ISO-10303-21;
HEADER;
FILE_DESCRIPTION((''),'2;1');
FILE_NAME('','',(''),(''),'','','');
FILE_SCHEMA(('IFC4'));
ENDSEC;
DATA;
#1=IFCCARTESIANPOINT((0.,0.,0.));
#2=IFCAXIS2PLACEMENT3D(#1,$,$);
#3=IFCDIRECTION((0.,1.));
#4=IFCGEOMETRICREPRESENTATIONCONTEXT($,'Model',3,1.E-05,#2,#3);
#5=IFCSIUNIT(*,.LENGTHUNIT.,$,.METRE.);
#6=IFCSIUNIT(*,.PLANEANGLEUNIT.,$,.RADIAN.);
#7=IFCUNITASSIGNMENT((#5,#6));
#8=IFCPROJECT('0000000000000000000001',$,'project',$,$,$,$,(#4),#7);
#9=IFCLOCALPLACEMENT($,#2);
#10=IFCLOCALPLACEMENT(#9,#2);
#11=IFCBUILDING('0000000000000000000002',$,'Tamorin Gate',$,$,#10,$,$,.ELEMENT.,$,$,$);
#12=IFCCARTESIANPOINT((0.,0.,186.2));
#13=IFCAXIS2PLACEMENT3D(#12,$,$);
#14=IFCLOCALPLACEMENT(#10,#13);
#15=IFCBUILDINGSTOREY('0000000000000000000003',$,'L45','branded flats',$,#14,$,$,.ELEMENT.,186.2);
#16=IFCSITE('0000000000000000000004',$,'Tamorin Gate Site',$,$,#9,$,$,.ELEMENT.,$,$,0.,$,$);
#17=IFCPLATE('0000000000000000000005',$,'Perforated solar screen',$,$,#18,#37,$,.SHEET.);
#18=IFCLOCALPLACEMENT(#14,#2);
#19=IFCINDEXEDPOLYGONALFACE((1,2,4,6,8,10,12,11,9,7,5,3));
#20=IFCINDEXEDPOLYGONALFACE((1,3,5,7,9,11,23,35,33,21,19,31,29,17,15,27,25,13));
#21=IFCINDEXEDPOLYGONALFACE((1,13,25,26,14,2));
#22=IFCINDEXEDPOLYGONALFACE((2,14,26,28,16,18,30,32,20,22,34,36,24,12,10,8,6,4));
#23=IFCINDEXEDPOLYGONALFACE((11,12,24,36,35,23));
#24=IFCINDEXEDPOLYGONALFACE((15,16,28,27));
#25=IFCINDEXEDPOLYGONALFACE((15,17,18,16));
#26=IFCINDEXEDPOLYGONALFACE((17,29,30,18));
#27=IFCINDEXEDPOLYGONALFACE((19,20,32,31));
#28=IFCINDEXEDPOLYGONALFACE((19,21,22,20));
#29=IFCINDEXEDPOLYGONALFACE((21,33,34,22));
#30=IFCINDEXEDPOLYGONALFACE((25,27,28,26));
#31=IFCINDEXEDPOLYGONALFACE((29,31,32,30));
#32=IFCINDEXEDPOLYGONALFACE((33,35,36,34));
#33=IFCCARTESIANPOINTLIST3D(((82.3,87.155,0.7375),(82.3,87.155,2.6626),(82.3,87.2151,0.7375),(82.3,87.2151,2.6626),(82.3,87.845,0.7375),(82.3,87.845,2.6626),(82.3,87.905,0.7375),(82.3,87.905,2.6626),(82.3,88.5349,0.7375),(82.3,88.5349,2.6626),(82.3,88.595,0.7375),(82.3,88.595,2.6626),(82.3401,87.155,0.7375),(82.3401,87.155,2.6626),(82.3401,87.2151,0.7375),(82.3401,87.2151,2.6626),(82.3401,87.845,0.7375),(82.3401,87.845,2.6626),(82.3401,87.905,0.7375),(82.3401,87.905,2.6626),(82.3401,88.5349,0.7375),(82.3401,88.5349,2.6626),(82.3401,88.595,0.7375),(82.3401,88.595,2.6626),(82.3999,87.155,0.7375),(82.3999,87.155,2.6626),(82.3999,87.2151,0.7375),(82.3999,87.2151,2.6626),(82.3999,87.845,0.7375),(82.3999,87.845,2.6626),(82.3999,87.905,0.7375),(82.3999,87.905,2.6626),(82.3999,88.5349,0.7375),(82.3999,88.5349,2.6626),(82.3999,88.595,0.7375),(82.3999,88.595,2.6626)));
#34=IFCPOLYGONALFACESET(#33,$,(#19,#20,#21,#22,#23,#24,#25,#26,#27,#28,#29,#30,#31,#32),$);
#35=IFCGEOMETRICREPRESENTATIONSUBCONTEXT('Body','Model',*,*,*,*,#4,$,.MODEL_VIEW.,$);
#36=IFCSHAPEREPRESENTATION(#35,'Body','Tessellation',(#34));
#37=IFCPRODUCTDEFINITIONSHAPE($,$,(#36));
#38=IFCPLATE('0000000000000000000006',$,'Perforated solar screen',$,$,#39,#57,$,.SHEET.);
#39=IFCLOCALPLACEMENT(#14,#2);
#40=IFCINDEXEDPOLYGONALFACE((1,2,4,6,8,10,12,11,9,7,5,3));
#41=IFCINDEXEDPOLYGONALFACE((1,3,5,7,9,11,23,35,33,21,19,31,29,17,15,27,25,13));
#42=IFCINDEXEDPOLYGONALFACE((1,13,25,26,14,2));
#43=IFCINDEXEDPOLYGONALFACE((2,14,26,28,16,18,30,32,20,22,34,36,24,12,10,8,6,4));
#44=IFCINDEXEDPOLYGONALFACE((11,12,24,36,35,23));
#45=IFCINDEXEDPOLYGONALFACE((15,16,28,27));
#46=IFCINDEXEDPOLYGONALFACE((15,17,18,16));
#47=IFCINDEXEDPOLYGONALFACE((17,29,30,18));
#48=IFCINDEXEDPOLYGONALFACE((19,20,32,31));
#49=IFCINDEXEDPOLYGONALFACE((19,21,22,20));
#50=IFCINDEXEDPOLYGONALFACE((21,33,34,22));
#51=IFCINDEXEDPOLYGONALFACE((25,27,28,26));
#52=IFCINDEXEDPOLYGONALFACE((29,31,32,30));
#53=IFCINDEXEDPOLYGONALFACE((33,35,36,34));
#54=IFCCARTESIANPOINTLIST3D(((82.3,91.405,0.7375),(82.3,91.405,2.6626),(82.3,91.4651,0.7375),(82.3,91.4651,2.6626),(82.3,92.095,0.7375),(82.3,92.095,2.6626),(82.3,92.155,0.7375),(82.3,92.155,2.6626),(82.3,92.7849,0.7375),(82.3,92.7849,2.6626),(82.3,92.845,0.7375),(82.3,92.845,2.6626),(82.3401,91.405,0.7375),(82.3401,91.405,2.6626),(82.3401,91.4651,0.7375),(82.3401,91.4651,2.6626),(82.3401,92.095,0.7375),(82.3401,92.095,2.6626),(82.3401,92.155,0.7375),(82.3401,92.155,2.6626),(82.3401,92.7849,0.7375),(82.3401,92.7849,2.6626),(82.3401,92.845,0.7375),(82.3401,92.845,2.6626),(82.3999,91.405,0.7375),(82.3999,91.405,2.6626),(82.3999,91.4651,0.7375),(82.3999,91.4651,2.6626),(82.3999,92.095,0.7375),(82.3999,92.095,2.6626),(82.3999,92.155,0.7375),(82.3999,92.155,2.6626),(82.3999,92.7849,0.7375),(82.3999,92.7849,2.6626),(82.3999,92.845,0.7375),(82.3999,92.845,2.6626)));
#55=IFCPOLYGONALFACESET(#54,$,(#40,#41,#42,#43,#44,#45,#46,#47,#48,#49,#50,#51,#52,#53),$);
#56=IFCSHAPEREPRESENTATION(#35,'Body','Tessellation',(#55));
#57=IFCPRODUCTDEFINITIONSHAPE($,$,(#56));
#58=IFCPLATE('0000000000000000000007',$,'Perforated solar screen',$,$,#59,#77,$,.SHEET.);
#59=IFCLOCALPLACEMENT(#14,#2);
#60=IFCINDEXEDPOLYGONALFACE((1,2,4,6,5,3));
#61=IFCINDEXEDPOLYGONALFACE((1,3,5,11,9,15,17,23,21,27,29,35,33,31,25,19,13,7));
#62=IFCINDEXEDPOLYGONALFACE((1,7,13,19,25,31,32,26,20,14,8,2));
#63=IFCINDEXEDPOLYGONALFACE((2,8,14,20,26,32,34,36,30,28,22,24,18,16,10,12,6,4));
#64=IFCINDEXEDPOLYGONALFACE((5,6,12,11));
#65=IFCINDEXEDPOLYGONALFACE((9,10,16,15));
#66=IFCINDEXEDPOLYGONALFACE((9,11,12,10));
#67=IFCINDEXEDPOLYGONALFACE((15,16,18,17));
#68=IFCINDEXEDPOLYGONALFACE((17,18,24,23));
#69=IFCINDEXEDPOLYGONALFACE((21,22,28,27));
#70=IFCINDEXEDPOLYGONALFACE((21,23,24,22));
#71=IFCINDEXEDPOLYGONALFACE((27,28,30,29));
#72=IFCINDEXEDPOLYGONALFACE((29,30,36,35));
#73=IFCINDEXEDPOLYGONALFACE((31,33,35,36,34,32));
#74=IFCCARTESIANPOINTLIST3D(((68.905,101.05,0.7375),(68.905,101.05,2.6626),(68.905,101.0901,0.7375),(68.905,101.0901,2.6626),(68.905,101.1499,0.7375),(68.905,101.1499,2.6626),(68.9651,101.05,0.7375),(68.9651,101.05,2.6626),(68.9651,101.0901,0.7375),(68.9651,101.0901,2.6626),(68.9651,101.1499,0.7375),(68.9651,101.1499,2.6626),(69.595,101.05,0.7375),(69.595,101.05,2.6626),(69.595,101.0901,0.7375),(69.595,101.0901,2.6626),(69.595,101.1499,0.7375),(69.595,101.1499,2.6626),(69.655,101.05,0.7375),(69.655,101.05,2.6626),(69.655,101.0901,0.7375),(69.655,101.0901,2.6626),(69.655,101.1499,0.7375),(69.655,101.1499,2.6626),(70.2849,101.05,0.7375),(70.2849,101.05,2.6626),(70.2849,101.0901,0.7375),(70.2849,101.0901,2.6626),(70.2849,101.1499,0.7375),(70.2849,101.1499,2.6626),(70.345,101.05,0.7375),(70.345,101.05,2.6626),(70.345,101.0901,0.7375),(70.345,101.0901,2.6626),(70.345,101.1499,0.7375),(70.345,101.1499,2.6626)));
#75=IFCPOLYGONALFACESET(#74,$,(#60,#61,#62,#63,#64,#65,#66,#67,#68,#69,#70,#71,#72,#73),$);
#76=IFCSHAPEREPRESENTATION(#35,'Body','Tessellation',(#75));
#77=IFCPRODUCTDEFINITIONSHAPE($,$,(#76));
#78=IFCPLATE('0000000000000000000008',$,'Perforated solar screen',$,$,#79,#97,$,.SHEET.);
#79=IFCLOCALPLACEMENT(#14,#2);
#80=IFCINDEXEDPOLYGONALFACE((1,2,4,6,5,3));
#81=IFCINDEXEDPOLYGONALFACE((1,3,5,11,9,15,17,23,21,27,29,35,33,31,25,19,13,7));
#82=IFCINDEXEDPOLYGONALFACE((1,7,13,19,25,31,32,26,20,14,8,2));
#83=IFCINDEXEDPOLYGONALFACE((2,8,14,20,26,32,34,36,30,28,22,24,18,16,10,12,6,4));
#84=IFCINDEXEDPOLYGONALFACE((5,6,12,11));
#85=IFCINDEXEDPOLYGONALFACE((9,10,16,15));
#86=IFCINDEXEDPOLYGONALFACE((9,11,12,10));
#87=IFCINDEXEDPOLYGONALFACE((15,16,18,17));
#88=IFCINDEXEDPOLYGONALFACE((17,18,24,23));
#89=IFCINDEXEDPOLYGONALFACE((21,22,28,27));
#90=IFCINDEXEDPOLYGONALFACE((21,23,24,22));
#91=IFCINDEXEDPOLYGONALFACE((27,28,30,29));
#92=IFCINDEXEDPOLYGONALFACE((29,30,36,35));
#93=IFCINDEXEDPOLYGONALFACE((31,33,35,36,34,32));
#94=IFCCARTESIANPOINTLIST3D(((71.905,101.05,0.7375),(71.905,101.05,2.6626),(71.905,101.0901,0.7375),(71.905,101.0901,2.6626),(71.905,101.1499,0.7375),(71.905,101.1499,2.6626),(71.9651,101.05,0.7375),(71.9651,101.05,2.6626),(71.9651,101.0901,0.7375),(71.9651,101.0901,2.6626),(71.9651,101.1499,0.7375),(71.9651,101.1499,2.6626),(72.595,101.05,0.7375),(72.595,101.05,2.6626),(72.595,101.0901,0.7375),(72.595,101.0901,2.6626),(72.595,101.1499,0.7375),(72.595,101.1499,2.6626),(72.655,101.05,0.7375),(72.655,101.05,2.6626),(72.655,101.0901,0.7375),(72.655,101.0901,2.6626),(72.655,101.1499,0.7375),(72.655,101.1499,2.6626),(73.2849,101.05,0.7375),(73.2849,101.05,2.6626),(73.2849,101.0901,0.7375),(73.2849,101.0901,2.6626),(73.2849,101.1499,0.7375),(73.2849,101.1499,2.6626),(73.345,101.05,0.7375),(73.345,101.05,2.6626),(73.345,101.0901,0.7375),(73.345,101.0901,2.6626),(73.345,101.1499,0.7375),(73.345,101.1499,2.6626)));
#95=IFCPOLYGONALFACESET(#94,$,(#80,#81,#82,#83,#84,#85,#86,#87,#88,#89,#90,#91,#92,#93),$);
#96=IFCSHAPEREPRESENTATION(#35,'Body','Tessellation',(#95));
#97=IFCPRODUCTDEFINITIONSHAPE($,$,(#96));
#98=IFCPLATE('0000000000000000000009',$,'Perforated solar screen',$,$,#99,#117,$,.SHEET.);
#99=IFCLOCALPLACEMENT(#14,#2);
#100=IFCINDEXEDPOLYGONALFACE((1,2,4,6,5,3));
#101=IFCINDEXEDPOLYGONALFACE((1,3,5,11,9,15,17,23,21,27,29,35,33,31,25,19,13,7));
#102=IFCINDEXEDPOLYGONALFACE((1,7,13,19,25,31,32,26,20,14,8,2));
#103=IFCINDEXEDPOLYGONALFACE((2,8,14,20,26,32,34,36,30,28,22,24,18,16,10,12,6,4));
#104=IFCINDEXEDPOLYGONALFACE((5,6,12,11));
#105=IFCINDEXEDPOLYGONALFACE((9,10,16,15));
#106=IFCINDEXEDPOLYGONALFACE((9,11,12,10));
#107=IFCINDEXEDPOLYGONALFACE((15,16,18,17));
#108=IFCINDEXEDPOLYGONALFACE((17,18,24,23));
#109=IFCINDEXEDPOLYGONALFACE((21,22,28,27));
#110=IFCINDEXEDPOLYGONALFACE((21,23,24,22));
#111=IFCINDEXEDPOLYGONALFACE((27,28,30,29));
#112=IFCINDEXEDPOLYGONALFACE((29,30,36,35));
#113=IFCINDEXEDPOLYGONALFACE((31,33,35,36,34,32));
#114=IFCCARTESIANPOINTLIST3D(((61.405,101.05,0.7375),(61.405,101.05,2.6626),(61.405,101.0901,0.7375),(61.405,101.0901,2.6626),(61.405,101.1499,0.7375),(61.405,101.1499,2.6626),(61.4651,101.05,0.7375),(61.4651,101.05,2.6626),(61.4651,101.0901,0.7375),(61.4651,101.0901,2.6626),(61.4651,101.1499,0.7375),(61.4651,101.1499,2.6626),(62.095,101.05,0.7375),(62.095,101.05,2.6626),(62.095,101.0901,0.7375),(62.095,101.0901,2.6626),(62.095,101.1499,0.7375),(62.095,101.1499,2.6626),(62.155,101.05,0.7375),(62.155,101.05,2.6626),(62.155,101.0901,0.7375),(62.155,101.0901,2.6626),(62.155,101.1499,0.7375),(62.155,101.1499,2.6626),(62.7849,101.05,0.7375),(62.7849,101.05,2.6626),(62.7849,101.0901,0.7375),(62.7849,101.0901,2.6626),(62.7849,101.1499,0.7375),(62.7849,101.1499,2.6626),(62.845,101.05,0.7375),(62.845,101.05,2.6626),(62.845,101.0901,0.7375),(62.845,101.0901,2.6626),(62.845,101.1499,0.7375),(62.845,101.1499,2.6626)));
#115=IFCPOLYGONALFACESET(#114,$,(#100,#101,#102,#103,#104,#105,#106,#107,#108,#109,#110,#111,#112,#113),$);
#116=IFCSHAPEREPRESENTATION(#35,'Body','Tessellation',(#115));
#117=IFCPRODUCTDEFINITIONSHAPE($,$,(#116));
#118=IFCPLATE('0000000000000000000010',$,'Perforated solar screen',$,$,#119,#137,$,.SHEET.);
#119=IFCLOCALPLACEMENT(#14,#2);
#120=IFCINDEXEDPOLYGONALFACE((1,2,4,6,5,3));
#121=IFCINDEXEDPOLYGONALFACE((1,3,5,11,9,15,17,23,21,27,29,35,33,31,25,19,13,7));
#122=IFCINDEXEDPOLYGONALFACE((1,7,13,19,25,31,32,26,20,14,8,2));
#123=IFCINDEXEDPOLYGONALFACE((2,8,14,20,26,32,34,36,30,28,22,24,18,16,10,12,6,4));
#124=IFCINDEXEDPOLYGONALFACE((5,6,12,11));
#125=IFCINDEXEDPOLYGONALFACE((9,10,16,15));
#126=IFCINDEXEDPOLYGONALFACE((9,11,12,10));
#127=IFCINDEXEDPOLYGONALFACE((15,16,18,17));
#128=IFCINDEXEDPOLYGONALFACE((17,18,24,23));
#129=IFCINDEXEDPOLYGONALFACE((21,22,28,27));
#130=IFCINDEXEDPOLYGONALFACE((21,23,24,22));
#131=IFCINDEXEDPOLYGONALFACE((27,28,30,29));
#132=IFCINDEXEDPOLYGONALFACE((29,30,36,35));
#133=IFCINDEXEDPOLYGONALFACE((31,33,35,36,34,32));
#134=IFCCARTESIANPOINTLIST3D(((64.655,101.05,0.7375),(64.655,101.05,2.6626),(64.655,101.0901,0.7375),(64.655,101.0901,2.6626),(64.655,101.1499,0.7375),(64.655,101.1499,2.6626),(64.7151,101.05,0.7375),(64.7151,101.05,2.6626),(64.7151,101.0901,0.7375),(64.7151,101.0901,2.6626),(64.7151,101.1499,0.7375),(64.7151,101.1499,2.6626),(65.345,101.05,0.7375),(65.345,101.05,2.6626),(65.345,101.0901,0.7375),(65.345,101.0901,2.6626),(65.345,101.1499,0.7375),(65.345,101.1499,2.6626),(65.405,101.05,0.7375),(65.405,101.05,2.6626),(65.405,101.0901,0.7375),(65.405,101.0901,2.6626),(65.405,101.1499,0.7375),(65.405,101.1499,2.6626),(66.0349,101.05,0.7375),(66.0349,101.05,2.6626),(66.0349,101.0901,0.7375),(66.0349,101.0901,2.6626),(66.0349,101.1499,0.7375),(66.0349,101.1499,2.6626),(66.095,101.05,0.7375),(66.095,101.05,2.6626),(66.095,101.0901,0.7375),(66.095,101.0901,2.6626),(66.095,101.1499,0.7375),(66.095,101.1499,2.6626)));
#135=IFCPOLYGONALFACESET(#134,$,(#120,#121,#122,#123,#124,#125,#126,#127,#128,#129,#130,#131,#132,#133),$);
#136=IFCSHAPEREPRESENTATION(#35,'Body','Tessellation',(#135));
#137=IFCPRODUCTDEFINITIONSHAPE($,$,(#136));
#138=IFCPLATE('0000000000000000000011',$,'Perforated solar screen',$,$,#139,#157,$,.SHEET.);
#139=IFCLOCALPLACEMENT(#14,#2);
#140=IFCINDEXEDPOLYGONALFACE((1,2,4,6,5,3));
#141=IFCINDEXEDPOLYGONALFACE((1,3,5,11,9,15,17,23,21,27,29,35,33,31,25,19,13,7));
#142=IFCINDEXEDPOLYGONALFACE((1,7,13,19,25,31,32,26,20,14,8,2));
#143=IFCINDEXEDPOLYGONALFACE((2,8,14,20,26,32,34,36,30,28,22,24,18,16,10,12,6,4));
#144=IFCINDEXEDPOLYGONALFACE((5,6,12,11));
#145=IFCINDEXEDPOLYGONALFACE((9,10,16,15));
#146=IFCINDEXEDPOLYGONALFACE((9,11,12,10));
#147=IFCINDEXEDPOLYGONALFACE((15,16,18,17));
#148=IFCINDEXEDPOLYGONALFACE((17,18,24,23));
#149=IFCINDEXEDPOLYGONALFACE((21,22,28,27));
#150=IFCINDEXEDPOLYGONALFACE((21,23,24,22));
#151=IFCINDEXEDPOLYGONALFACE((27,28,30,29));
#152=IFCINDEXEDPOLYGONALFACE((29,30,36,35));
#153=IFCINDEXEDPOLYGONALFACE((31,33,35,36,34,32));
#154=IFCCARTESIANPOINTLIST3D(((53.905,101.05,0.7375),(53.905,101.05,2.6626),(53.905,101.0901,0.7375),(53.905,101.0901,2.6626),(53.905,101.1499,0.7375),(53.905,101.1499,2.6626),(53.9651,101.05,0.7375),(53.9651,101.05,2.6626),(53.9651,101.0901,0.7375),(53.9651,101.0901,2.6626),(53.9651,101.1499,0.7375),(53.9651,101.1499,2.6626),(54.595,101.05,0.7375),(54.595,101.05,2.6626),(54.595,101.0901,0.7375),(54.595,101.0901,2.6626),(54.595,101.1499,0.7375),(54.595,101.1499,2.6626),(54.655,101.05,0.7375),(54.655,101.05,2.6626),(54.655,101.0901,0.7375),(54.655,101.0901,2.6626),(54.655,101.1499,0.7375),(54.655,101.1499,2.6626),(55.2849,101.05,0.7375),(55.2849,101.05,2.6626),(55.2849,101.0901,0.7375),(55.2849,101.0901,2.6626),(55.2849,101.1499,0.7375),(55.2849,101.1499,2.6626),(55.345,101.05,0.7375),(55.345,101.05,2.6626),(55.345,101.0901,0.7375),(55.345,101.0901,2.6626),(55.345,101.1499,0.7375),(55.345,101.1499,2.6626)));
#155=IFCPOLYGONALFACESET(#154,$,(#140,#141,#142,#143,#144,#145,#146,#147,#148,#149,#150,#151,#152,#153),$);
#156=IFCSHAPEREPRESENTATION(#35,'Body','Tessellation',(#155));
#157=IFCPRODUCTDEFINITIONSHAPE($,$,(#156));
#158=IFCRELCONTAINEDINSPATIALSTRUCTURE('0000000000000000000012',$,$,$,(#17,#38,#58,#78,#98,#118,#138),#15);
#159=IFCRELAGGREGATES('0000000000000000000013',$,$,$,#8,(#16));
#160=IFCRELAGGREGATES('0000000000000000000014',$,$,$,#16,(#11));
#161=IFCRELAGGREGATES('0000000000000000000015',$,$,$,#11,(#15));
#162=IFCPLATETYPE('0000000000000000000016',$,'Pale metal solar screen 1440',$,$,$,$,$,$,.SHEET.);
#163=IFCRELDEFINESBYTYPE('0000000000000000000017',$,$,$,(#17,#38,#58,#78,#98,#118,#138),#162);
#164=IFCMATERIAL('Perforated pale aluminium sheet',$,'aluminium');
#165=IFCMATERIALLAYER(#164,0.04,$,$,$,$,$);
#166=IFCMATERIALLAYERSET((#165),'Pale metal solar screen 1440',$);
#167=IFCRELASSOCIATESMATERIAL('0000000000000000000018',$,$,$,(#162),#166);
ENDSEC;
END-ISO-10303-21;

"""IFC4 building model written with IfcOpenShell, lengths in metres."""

from ifc_helpers import new_model, si_unit, direction, frame, origin, place, context, subcontext, project, spatial, polyline, outline, extrude, material, layer, layer_set, type_object, element, save


model = new_model("IFC4")

# Units and contexts
model_context = context("Model", 3, precision=1e-05, world=origin(), true_north=direction((0.0, 1.0)))
body_context = subcontext(model_context, "Body", "Model", "MODEL_VIEW")
ifc_project = project(units=[si_unit("LENGTHUNIT", "METRE"), si_unit("PLANEANGLEUNIT", "RADIAN")], contexts=[model_context])

# Site, building, storey
site_placement = place(None, origin())
site = spatial("IfcSite", under=ifc_project, at=site_placement, Name="Tamorin Gate Site", CompositionType="ELEMENT", RefElevation=0.0)
building_placement = place(site_placement, origin())
building = spatial("IfcBuilding", under=site, at=building_placement, Name="Tamorin Gate", CompositionType="ELEMENT")
storey_placement = place(building_placement, frame((0.0, 0.0, 186.2)))
storey = spatial("IfcBuildingStorey", under=building, at=storey_placement, Name="L45", Description="branded flats", CompositionType="ELEMENT", Elevation=186.2)

# Plates
ifc_material_1 = material(Name="Perforated pale aluminium sheet", Category="aluminium")
ifc_layer_1 = layer(ifc_material_1, 0.04)
ifc_layer_set_1 = layer_set([ifc_layer_1], Name="Pale metal solar screen 1440")
plate_type_1 = type_object("IfcPlateType", Name="Pale metal solar screen 1440", PredefinedType="SHEET", material=ifc_layer_set_1)
plate_1_placement = place(storey_placement, frame((0.0, 0.0, 0.7375)))
element("IfcPlate", 1, at=plate_1_placement, inside=storey, type_object=plate_type_1, Name="Perforated solar screen", PredefinedType="SHEET", context=body_context, shape_type="SweptSolid", body=[
    extrude(outline(polyline([(82.3401, 87.155), (82.3, 87.155), (82.3, 87.2151), (82.3, 87.845), (82.3, 87.905), (82.3, 88.5349), (82.3, 88.595), (82.3401, 88.595), (82.3999, 88.595), (82.3999, 88.5349), (82.3401, 88.5349), (82.3401, 87.905), (82.3999, 87.905), (82.3999, 87.845), (82.3401, 87.845), (82.3401, 87.2151), (82.3999, 87.2151), (82.3999, 87.155), (82.3401, 87.155)])), origin(), (0.0, 0.0, 1.0), 1.925),
])
plate_2_placement = place(storey_placement, frame((0.0, 0.0, 0.7375)))
element("IfcPlate", 2, at=plate_2_placement, inside=storey, type_object=plate_type_1, Name="Perforated solar screen", PredefinedType="SHEET", context=body_context, shape_type="SweptSolid", body=[
    extrude(outline(polyline([(82.3401, 91.405), (82.3, 91.405), (82.3, 91.4651), (82.3, 92.095), (82.3, 92.155), (82.3, 92.7849), (82.3, 92.845), (82.3401, 92.845), (82.3999, 92.845), (82.3999, 92.7849), (82.3401, 92.7849), (82.3401, 92.155), (82.3999, 92.155), (82.3999, 92.095), (82.3401, 92.095), (82.3401, 91.4651), (82.3999, 91.4651), (82.3999, 91.405), (82.3401, 91.405)])), origin(), (0.0, 0.0, 1.0), 1.925),
])
plate_3_placement = place(storey_placement, frame((0.0, 0.0, 0.7375)))
element("IfcPlate", 3, at=plate_3_placement, inside=storey, type_object=plate_type_1, Name="Perforated solar screen", PredefinedType="SHEET", context=body_context, shape_type="SweptSolid", body=[
    extrude(outline(polyline([(70.345, 101.0901), (70.345, 101.05), (70.2849, 101.05), (69.655, 101.05), (69.595, 101.05), (68.9651, 101.05), (68.905, 101.05), (68.905, 101.0901), (68.905, 101.1499), (68.9651, 101.1499), (68.9651, 101.0901), (69.595, 101.0901), (69.595, 101.1499), (69.655, 101.1499), (69.655, 101.0901), (70.2849, 101.0901), (70.2849, 101.1499), (70.345, 101.1499), (70.345, 101.0901)])), origin(), (0.0, 0.0, 1.0), 1.925),
])
plate_4_placement = place(storey_placement, frame((0.0, 0.0, 0.7375)))
element("IfcPlate", 4, at=plate_4_placement, inside=storey, type_object=plate_type_1, Name="Perforated solar screen", PredefinedType="SHEET", context=body_context, shape_type="SweptSolid", body=[
    extrude(outline(polyline([(73.345, 101.0901), (73.345, 101.05), (73.2849, 101.05), (72.655, 101.05), (72.595, 101.05), (71.9651, 101.05), (71.905, 101.05), (71.905, 101.05), (71.905, 101.0901), (71.905, 101.0901), (71.905, 101.1499), (71.9651, 101.1499), (71.9651, 101.0901), (72.595, 101.0901), (72.595, 101.1499), (72.655, 101.1499), (72.655, 101.0901), (73.2849, 101.0901), (73.2849, 101.1499), (73.345, 101.1499), (73.345, 101.0901)])), origin(), (0.0, 0.0, 1.0), 1.925),
])
plate_5_placement = place(storey_placement, frame((0.0, 0.0, 0.7375)))
element("IfcPlate", 5, at=plate_5_placement, inside=storey, type_object=plate_type_1, Name="Perforated solar screen", PredefinedType="SHEET", context=body_context, shape_type="SweptSolid", body=[
    extrude(outline(polyline([(62.845, 101.0901), (62.845, 101.05), (62.7849, 101.05), (62.155, 101.05), (62.095, 101.05), (61.4651, 101.05), (61.405, 101.05), (61.405, 101.0901), (61.405, 101.1499), (61.4651, 101.1499), (61.4651, 101.0901), (62.095, 101.0901), (62.095, 101.1499), (62.155, 101.1499), (62.155, 101.0901), (62.7849, 101.0901), (62.7849, 101.1499), (62.845, 101.1499), (62.845, 101.0901)])), origin(), (0.0, 0.0, 1.0), 1.925),
])
plate_6_placement = place(storey_placement, frame((0.0, 0.0, 0.7375)))
element("IfcPlate", 6, at=plate_6_placement, inside=storey, type_object=plate_type_1, Name="Perforated solar screen", PredefinedType="SHEET", context=body_context, shape_type="SweptSolid", body=[
    extrude(outline(polyline([(66.095, 101.0901), (66.095, 101.05), (66.0349, 101.05), (65.405, 101.05), (65.345, 101.05), (64.7151, 101.05), (64.655, 101.05), (64.655, 101.0901), (64.655, 101.1499), (64.7151, 101.1499), (64.7151, 101.0901), (65.345, 101.0901), (65.345, 101.1499), (65.405, 101.1499), (65.405, 101.0901), (66.0349, 101.0901), (66.0349, 101.1499), (66.095, 101.1499), (66.095, 101.0901)])), origin(), (0.0, 0.0, 1.0), 1.925),
])
plate_7_placement = place(storey_placement, frame((0.0, 0.0, 0.7375)))
element("IfcPlate", 7, at=plate_7_placement, inside=storey, type_object=plate_type_1, Name="Perforated solar screen", PredefinedType="SHEET", context=body_context, shape_type="SweptSolid", body=[
    extrude(outline(polyline([(55.345, 101.0901), (55.345, 101.05), (55.2849, 101.05), (54.655, 101.05), (54.595, 101.05), (53.9651, 101.05), (53.905, 101.05), (53.905, 101.0901), (53.905, 101.1499), (53.9651, 101.1499), (53.9651, 101.0901), (54.595, 101.0901), (54.595, 101.1499), (54.655, 101.1499), (54.655, 101.0901), (55.2849, 101.0901), (55.2849, 101.1499), (55.345, 101.1499), (55.345, 101.0901)])), origin(), (0.0, 0.0, 1.0), 1.925),
])

save(model, "model.ifc")
